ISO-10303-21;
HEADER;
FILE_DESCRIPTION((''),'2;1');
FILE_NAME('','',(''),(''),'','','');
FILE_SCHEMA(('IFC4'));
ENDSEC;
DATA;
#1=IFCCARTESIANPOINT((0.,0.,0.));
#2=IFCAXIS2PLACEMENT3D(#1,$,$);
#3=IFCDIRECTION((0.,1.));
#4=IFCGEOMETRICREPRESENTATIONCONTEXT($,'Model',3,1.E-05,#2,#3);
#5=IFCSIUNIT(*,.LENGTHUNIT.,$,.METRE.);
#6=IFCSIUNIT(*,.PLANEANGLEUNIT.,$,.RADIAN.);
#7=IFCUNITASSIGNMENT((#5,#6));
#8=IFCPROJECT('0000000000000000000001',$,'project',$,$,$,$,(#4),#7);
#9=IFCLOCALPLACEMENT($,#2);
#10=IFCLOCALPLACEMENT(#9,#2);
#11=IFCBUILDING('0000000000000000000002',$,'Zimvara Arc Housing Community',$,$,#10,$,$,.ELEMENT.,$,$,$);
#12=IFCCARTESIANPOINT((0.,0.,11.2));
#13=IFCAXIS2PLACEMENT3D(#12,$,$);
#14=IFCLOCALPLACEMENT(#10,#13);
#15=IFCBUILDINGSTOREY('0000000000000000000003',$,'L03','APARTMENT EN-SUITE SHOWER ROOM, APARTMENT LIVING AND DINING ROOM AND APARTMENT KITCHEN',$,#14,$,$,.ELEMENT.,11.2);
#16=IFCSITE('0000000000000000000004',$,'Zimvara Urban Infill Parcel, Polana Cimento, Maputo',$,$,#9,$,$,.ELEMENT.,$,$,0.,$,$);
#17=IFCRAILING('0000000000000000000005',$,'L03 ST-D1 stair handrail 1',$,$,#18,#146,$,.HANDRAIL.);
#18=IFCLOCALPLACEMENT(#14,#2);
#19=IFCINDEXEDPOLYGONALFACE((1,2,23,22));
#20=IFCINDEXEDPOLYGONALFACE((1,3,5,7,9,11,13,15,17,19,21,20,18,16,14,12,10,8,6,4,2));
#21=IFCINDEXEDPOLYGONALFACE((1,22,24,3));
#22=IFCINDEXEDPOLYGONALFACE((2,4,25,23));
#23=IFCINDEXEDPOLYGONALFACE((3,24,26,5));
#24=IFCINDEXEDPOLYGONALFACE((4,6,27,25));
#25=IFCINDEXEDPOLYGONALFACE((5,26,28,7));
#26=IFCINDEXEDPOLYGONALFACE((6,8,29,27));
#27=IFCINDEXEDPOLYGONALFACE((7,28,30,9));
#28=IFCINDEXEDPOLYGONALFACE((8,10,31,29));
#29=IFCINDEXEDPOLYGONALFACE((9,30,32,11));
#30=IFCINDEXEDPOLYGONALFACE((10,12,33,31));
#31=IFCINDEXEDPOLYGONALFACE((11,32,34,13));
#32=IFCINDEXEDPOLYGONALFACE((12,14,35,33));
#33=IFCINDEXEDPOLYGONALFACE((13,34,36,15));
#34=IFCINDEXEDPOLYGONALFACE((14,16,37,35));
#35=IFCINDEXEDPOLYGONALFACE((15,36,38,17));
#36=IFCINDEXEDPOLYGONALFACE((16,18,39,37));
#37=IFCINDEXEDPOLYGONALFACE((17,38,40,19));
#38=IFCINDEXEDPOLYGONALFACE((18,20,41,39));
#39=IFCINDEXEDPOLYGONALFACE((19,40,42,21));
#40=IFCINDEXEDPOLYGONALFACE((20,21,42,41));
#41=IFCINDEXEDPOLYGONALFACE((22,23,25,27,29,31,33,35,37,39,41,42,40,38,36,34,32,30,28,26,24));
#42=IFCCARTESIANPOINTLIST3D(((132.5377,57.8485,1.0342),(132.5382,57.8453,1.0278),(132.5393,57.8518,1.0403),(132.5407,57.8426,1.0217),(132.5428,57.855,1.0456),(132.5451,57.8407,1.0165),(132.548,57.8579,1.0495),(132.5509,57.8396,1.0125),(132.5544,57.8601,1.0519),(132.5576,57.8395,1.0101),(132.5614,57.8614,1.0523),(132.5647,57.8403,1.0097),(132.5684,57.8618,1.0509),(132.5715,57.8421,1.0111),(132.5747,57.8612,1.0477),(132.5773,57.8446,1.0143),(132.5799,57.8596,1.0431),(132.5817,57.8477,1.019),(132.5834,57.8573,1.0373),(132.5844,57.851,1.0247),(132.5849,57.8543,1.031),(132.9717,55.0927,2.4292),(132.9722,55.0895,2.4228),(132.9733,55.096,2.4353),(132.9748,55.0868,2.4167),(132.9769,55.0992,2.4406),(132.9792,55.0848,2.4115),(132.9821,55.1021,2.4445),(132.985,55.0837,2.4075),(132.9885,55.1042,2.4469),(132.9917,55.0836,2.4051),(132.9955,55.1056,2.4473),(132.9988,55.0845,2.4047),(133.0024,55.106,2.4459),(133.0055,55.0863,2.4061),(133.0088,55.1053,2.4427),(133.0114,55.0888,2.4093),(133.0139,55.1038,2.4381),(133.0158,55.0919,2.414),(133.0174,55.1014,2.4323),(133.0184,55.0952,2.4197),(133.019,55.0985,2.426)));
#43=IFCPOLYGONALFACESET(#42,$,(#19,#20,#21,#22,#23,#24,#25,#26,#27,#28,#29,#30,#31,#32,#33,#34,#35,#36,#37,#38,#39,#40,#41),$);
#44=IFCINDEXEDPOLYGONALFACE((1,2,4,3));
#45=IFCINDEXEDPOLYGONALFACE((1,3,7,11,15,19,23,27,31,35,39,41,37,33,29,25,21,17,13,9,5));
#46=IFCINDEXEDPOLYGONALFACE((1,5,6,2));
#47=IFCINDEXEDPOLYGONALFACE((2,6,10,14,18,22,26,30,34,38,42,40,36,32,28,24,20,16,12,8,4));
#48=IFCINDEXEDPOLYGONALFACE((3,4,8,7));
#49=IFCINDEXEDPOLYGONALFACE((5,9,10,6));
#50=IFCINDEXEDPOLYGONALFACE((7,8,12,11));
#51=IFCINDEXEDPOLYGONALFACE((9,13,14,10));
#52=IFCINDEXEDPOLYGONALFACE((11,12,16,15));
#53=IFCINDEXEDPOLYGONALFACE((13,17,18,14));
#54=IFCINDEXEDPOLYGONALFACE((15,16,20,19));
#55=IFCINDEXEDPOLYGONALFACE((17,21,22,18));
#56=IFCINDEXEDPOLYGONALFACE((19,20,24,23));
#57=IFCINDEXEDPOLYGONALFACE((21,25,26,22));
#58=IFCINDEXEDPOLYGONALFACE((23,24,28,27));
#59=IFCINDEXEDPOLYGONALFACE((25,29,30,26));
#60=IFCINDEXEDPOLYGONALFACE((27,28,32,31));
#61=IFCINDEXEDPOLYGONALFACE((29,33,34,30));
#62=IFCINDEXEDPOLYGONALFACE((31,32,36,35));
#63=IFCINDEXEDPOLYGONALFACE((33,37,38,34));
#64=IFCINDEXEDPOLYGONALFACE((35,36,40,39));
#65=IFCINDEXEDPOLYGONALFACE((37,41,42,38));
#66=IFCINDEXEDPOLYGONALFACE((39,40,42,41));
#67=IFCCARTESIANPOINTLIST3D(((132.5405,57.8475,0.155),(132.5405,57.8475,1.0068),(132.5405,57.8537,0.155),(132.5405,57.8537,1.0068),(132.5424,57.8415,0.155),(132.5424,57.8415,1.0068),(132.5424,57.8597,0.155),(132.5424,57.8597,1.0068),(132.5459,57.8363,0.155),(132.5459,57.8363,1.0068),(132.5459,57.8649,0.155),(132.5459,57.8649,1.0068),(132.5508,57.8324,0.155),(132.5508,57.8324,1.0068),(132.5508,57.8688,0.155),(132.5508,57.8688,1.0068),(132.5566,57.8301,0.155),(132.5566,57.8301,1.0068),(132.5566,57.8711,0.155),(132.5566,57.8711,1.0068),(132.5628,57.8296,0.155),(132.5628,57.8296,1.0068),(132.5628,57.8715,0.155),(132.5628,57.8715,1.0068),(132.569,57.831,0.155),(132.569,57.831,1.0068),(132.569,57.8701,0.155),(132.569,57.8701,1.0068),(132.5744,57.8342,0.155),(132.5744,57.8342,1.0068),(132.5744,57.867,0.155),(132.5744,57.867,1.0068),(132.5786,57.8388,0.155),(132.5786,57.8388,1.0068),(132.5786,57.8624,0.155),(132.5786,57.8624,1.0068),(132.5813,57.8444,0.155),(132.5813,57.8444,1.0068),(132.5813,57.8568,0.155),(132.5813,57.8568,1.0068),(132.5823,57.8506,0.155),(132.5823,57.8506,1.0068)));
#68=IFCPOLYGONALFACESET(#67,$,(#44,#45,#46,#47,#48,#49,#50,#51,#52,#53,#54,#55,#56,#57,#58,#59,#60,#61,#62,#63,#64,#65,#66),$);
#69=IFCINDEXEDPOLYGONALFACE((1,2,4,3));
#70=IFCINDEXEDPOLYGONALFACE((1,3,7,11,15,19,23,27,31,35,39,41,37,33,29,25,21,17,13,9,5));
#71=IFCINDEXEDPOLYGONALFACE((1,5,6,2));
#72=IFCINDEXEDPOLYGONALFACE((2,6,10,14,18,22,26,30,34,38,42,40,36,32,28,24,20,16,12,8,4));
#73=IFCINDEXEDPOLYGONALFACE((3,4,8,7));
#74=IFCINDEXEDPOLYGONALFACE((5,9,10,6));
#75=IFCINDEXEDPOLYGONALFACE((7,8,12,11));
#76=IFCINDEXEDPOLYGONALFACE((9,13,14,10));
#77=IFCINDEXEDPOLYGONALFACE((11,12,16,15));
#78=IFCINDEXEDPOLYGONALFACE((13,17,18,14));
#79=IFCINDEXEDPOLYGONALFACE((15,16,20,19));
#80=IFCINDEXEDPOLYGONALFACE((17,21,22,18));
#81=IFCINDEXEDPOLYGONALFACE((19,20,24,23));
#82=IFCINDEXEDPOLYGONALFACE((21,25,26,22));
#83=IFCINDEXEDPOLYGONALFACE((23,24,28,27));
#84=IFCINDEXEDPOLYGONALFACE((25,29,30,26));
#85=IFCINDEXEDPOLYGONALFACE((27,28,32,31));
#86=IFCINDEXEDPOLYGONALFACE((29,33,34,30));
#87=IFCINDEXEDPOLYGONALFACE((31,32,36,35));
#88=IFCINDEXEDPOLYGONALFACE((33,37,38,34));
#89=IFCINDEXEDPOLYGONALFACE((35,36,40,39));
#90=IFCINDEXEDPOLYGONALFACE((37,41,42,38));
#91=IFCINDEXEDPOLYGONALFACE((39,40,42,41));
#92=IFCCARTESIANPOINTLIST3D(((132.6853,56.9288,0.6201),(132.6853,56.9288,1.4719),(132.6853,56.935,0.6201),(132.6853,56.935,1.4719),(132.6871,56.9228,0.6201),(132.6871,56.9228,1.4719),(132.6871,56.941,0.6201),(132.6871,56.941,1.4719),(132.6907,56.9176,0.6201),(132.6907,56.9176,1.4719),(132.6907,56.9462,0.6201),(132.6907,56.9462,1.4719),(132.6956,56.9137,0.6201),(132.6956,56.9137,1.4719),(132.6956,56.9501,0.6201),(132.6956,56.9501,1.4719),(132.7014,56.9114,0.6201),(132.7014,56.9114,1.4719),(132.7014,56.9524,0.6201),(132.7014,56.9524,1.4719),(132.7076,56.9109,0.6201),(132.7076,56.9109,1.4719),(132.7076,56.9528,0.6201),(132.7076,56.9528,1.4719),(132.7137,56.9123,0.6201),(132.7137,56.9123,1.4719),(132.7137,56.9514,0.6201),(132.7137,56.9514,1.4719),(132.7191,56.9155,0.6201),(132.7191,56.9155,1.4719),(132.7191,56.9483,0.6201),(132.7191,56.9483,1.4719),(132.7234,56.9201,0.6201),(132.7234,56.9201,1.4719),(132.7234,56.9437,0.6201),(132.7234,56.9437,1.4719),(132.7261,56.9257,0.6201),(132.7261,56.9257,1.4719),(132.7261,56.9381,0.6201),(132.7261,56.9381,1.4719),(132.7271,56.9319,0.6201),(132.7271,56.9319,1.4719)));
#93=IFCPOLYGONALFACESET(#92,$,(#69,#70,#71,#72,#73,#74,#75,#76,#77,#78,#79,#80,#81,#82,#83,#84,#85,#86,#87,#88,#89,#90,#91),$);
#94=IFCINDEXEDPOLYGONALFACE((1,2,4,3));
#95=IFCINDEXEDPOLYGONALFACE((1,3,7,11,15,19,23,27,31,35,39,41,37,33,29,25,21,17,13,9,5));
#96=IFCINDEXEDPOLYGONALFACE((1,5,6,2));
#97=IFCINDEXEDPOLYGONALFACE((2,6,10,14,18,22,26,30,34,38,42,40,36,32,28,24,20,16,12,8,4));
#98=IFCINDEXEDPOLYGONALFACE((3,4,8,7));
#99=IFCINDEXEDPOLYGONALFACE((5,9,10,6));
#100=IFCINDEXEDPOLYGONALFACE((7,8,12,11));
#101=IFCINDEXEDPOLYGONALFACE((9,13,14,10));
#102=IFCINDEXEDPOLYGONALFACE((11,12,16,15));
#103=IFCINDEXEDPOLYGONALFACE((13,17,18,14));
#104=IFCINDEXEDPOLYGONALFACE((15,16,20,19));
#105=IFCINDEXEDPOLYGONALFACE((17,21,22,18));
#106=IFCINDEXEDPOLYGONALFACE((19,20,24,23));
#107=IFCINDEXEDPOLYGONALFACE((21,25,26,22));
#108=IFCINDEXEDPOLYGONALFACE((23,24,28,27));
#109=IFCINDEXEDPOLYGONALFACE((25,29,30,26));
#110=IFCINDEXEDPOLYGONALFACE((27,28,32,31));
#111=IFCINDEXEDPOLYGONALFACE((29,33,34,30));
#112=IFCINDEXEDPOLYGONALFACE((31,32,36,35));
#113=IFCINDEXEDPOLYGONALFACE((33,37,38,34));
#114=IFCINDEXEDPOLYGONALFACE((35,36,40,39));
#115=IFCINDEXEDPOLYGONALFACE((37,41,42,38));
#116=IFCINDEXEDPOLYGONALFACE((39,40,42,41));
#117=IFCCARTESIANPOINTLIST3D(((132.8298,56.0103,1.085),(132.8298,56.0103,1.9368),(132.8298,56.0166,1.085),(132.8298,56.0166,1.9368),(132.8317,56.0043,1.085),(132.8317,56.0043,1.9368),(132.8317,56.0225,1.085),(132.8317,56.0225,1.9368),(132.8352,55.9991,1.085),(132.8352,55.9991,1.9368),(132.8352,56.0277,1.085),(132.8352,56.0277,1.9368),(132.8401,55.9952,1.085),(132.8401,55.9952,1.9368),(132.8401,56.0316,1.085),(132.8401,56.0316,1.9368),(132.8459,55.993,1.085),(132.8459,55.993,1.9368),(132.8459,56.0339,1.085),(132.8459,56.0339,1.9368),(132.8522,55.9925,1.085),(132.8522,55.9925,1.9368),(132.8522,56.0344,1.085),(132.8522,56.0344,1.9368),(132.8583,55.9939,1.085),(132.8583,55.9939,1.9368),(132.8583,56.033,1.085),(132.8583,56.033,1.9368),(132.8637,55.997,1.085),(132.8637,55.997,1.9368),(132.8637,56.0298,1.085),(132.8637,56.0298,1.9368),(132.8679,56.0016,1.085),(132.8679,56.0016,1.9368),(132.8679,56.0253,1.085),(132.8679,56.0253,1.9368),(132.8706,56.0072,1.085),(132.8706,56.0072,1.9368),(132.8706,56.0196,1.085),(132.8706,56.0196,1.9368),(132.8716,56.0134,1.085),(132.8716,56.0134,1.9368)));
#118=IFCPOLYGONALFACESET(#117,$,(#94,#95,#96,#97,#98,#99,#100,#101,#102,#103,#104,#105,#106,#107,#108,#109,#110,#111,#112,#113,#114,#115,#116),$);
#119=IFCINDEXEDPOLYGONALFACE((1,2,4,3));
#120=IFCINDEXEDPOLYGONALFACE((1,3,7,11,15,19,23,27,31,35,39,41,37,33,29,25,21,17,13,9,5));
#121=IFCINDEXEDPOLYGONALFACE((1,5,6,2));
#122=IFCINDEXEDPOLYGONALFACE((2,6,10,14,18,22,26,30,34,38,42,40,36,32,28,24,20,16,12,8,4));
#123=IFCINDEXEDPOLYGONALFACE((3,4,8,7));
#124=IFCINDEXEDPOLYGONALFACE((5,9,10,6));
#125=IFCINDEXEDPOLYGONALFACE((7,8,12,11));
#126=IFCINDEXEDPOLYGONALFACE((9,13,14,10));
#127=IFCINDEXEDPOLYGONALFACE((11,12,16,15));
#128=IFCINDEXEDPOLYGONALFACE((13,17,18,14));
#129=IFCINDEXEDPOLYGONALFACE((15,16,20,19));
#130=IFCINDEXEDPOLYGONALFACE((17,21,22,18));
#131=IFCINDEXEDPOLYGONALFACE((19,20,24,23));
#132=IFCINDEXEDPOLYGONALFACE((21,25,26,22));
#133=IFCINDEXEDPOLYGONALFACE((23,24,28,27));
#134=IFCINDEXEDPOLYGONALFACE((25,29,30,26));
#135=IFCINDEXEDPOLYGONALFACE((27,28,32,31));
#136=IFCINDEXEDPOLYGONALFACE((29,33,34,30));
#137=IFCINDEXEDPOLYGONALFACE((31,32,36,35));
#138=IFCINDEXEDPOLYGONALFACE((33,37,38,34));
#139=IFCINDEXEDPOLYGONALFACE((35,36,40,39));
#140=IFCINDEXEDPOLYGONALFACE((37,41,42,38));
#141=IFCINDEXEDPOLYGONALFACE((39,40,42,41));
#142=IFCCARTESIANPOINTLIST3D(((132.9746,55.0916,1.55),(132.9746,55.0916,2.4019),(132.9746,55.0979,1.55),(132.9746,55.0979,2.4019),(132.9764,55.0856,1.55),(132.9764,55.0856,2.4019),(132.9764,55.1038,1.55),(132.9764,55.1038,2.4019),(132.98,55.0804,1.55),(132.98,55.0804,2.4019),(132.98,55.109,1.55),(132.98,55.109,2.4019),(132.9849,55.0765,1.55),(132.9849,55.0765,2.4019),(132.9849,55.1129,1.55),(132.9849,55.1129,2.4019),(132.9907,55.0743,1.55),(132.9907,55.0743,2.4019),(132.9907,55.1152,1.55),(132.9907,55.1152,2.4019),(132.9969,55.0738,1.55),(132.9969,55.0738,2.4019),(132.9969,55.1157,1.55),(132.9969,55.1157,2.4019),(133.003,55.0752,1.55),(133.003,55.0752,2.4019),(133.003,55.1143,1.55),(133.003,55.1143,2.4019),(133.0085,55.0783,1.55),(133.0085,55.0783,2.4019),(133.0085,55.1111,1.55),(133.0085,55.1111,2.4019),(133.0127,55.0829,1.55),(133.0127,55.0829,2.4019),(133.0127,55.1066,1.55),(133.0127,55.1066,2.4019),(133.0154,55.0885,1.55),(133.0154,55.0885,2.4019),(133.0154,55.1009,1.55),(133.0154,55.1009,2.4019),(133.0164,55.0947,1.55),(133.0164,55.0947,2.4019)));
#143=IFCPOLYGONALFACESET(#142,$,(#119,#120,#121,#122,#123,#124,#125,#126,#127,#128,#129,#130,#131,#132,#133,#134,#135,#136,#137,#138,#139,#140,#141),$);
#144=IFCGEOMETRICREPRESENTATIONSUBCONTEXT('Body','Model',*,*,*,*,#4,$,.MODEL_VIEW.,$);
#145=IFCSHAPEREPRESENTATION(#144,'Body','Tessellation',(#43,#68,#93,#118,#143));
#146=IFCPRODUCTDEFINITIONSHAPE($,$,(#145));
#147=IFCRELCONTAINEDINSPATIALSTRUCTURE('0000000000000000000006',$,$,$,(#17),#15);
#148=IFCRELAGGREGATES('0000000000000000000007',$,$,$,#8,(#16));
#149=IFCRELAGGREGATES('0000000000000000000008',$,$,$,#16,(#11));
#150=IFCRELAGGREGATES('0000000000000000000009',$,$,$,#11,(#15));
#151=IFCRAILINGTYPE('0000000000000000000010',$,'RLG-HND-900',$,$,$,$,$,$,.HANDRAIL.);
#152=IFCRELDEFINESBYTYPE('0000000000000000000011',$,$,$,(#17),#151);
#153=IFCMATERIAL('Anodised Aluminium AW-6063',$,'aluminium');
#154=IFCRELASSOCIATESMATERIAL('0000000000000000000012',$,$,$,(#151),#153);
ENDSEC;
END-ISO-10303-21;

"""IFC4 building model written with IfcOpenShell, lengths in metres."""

from ifc_helpers import new_model, si_unit, direction, frame, origin, origin_2d, place, context, subcontext, project, spatial, circle, extrude, material, type_object, element, save


model = new_model("IFC4")

# Units and contexts
model_context = context("Model", 3, precision=1e-05, world=origin(), true_north=direction((0.0, 1.0)))
body_context = subcontext(model_context, "Body", "Model", "MODEL_VIEW")
ifc_project = project(units=[si_unit("LENGTHUNIT", "METRE"), si_unit("PLANEANGLEUNIT", "RADIAN")], contexts=[model_context])

# Site, building, storey
site_placement = place(None, origin())
site = spatial("IfcSite", under=ifc_project, at=site_placement, Name="Zimvara Urban Infill Parcel, Polana Cimento, Maputo", CompositionType="ELEMENT", RefElevation=0.0)
building_placement = place(site_placement, origin())
building = spatial("IfcBuilding", under=site, at=building_placement, Name="Zimvara Arc Housing Community", CompositionType="ELEMENT")
storey_placement = place(building_placement, frame((0.0, 0.0, 11.2)))
storey = spatial("IfcBuildingStorey", under=building, at=storey_placement, Name="L03", Description="APARTMENT EN-SUITE SHOWER ROOM, APARTMENT LIVING AND DINING ROOM AND APARTMENT KITCHEN", CompositionType="ELEMENT", Elevation=11.2)

# Railing
ifc_material_1 = material(Name="Anodised Aluminium AW-6063", Category="aluminium")
railing_type_1 = type_object("IfcRailingType", Name="RLG-HND-900", PredefinedType="HANDRAIL", material=ifc_material_1)
railing_1_placement = place(storey_placement, frame((132.5613, 57.8506, 0.155)))
element("IfcRailing", 1, at=railing_1_placement, inside=storey, type_object=railing_type_1, Name="L03 ST-D1 stair handrail 1", PredefinedType="HANDRAIL", context=body_context, shape_type="SweptSolid", body=[
    extrude(circle(Radius=0.0239, at=origin_2d()), frame((0.0, 0.0, 0.876), z_axis=(0.139166, -0.883521, 0.44724), x_axis=(0.987821, 0.155594, 0.0)), (0.0, 0.0, 1.0), 3.1191),
    extrude(circle(Radius=0.021, at=origin_2d()), origin(), (0.0, 0.0, 1.0), 0.8518),
    extrude(circle(Radius=0.021, at=origin_2d()), frame((0.1448, -0.9187, 0.4651)), (0.0, 0.0, 1.0), 0.8518),
    extrude(circle(Radius=0.021, at=origin_2d()), frame((0.2893, -1.8372, 0.9299)), (0.0, 0.0, 1.0), 0.8518),
    extrude(circle(Radius=0.021, at=origin_2d()), frame((0.4341, -2.7559, 1.395)), (0.0, 0.0, 1.0), 0.8518),
])

save(model, "model.ifc")
